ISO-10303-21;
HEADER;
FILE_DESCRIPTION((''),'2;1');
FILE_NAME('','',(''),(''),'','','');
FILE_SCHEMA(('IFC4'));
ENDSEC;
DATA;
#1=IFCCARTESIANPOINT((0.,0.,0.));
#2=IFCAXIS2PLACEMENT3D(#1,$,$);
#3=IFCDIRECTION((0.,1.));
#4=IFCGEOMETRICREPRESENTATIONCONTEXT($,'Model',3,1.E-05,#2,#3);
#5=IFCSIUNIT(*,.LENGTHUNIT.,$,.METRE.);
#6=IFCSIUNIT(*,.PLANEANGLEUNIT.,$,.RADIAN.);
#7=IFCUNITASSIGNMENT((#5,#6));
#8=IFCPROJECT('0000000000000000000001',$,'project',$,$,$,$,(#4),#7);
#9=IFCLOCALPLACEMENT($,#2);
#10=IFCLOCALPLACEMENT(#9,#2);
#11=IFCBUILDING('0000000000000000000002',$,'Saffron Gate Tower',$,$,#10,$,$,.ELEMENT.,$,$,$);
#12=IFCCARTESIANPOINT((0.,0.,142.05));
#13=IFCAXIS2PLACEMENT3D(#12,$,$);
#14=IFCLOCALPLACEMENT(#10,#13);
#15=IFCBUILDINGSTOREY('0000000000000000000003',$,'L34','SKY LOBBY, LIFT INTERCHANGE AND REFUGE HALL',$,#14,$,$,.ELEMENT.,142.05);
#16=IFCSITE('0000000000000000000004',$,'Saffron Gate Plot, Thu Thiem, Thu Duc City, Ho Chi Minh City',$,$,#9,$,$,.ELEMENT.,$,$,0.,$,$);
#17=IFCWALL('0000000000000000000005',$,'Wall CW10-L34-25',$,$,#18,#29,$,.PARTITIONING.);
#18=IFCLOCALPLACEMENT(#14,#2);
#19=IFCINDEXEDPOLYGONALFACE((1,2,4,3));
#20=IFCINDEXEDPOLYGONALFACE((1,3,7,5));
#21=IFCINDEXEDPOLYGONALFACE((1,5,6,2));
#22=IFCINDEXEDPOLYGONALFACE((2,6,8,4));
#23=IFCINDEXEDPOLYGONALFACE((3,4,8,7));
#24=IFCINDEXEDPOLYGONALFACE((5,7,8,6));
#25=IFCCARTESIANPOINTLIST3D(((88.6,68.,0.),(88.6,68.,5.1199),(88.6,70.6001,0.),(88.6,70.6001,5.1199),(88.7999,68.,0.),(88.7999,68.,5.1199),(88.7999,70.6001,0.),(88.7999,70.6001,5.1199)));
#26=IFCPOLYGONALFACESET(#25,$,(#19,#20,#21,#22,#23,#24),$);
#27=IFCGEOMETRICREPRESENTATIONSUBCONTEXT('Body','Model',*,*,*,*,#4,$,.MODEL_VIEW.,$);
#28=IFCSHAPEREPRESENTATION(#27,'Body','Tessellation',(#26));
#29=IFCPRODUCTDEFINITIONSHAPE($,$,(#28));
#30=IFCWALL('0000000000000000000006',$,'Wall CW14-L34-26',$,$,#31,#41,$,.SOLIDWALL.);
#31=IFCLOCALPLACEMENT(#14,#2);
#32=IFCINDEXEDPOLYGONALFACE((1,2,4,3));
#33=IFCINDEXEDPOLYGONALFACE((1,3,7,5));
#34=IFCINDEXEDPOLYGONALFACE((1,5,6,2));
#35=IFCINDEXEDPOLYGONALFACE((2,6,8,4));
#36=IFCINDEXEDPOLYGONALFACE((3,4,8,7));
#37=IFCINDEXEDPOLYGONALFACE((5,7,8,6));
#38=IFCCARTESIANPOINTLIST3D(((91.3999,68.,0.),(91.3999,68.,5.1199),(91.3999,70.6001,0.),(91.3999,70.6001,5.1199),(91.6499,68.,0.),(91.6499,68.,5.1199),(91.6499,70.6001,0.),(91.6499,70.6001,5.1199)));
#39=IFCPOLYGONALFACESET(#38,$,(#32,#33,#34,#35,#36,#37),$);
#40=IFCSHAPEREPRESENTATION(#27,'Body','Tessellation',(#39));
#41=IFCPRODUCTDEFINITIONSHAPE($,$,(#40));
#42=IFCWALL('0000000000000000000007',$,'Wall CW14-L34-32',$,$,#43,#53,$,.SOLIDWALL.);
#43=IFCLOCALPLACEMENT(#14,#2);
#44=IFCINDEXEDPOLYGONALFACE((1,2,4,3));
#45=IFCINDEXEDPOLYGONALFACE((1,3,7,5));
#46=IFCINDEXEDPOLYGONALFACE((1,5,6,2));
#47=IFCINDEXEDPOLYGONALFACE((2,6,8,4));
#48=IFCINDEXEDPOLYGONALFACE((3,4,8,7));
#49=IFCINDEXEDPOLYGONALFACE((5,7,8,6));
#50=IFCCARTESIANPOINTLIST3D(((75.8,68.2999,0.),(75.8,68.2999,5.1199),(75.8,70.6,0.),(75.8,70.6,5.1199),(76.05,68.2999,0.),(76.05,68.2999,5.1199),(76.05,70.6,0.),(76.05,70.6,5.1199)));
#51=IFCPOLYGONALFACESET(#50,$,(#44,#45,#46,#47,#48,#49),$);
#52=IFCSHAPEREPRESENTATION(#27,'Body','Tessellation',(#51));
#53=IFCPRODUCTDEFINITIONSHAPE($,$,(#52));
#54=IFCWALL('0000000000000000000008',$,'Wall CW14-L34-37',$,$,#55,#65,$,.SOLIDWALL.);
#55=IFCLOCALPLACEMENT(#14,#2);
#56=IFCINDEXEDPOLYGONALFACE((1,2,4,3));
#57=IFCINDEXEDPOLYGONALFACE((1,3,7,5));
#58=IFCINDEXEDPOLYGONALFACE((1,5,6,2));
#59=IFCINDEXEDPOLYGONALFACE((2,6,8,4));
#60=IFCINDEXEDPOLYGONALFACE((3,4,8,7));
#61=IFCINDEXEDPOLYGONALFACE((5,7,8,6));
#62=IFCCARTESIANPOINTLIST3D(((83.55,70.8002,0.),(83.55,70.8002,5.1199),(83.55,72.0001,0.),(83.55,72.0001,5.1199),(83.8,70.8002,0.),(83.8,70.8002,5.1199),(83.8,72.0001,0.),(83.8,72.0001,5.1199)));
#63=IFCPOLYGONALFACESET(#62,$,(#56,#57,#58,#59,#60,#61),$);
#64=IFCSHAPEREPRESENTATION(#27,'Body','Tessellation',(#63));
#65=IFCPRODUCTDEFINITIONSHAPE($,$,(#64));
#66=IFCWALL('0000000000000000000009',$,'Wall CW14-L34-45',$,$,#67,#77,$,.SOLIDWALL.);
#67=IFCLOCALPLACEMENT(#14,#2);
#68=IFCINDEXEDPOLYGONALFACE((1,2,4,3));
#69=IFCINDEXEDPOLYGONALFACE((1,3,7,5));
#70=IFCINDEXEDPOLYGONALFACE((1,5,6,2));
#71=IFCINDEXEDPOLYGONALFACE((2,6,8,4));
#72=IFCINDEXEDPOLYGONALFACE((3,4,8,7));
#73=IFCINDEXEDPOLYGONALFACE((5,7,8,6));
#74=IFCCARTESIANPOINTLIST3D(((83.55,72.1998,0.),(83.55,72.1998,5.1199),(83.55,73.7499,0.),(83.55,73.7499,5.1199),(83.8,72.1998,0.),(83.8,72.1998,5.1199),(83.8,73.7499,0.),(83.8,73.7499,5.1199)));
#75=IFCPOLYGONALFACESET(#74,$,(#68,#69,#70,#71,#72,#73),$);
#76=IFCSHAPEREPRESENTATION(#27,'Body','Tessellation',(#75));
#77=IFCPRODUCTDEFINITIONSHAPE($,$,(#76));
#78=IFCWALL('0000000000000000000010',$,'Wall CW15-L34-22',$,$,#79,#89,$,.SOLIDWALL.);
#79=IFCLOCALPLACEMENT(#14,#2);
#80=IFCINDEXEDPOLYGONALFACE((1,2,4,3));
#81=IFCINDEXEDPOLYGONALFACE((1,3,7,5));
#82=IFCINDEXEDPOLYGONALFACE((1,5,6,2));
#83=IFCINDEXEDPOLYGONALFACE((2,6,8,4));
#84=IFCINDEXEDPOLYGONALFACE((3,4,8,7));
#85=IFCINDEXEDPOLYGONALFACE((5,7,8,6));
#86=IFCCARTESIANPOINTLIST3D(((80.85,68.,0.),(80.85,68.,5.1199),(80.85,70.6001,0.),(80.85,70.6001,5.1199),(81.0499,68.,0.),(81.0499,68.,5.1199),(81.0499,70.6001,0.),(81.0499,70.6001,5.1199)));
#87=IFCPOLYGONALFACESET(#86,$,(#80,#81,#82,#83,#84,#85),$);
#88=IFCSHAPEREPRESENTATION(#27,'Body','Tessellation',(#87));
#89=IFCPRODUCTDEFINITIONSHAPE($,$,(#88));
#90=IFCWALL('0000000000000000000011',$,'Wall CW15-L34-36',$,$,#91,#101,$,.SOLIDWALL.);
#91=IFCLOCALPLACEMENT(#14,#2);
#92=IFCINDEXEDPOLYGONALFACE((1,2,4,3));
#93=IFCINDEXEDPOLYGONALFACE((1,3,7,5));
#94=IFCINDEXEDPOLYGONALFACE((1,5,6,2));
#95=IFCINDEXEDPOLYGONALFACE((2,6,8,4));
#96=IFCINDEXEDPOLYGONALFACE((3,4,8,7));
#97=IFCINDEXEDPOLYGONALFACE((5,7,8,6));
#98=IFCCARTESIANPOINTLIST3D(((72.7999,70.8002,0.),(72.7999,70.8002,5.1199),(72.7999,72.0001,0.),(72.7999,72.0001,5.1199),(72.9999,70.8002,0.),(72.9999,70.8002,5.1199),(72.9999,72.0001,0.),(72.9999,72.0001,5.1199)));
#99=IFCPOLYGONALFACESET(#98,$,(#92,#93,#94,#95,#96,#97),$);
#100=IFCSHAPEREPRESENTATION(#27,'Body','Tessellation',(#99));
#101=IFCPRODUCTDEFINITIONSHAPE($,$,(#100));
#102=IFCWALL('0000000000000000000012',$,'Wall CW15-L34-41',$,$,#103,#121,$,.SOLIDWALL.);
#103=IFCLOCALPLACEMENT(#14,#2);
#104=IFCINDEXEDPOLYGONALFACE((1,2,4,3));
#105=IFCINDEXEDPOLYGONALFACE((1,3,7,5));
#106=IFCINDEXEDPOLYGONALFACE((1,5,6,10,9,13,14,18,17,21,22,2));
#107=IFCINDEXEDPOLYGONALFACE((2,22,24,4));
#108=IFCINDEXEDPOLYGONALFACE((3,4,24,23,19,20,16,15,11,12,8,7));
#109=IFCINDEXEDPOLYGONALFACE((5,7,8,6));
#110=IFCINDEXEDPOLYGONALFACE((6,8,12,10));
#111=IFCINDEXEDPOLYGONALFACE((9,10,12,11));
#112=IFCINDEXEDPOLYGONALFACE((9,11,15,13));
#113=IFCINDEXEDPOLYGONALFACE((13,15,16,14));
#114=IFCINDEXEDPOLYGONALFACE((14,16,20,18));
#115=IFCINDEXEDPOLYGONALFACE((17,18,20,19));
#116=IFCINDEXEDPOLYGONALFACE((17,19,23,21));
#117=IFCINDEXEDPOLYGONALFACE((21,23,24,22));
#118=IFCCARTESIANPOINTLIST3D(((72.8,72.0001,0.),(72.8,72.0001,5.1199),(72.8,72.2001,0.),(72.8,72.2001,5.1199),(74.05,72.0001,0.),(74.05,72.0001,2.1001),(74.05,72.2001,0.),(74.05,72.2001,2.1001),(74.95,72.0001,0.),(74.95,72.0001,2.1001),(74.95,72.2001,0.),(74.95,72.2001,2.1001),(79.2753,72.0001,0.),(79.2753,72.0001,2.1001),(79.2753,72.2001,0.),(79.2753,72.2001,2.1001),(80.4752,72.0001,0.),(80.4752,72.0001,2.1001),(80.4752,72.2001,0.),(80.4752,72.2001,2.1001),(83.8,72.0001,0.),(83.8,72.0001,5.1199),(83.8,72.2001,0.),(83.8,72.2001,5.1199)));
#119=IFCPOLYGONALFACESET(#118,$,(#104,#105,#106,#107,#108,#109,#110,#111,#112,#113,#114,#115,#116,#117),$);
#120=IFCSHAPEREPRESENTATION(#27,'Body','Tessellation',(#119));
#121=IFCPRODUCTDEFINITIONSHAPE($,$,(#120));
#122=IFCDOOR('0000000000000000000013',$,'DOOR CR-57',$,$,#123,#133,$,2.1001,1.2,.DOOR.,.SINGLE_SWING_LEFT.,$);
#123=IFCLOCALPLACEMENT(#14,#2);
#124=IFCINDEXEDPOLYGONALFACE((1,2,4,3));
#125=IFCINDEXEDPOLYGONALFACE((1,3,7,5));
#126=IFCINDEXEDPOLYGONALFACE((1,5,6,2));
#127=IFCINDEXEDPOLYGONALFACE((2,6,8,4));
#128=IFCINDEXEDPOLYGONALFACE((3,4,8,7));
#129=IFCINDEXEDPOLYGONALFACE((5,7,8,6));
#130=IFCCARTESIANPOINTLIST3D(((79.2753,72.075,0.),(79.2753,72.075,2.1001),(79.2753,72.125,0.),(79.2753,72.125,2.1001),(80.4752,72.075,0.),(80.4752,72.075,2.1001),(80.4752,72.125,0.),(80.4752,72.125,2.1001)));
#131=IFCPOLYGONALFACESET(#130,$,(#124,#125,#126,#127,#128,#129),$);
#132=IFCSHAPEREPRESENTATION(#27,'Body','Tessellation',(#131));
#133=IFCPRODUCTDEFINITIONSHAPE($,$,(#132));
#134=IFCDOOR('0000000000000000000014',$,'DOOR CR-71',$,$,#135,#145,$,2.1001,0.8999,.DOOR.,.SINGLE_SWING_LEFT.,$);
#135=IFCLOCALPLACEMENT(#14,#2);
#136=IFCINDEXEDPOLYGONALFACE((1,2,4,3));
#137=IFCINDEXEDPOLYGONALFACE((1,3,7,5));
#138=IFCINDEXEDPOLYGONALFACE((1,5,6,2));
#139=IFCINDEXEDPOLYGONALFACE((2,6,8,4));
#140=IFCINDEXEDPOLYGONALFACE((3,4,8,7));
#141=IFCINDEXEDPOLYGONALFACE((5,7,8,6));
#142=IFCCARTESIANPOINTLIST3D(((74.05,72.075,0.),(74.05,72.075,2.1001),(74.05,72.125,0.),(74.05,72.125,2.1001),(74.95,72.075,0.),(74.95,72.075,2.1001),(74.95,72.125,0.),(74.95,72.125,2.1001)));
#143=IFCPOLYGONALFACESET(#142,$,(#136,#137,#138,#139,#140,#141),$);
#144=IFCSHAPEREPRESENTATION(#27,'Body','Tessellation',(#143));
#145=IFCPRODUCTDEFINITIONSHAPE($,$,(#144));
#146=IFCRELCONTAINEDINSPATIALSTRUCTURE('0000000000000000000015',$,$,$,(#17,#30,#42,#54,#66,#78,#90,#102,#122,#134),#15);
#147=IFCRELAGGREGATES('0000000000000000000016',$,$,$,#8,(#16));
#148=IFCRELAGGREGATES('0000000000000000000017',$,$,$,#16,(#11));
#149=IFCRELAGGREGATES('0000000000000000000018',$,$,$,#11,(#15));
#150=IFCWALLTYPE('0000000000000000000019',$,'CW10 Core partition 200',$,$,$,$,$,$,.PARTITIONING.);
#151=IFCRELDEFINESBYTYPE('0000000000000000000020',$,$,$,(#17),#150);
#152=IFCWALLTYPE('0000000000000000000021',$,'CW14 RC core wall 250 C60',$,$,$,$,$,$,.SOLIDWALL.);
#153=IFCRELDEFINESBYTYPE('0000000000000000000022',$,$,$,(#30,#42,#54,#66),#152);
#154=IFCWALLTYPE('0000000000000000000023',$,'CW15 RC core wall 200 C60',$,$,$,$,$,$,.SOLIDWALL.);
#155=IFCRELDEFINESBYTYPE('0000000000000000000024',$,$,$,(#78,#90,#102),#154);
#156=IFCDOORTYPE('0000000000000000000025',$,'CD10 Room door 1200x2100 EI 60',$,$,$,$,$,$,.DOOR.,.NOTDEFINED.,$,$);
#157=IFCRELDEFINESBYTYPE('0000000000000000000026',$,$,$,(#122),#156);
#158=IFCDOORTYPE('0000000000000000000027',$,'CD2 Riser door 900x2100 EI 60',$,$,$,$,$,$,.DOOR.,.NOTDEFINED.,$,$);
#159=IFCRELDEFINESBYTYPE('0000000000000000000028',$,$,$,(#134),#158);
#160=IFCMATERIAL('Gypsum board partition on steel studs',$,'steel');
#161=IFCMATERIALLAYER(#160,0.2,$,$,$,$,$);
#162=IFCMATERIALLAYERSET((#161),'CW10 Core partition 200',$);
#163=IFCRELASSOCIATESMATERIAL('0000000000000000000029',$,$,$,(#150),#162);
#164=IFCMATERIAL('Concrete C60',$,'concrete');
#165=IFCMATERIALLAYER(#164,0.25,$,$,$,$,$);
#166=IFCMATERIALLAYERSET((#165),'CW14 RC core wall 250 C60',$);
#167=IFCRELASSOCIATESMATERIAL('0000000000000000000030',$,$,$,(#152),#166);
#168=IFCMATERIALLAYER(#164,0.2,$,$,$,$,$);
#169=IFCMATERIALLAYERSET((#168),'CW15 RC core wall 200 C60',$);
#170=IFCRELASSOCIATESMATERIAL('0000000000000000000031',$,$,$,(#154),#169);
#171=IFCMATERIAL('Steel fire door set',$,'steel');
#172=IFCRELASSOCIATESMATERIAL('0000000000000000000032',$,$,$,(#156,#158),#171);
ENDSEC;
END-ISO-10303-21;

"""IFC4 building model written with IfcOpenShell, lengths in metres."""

from ifc_helpers import new_model, si_unit, direction, frame, frame_2d, origin, place, context, subcontext, project, spatial, rectangle, extrude, material, layer, layer_set, type_object, element, fill, save


model = new_model("IFC4")

# Units and contexts
model_context = context("Model", 3, precision=1e-05, world=origin(), true_north=direction((0.0, 1.0)))
body_context = subcontext(model_context, "Body", "Model", "MODEL_VIEW")
ifc_project = project(units=[si_unit("LENGTHUNIT", "METRE"), si_unit("PLANEANGLEUNIT", "RADIAN")], contexts=[model_context])

# Site, building, storey
site_placement = place(None, origin())
site = spatial("IfcSite", under=ifc_project, at=site_placement, Name="Saffron Gate Plot, Thu Thiem, Thu Duc City, Ho Chi Minh City", CompositionType="ELEMENT", RefElevation=0.0)
building_placement = place(site_placement, origin())
building = spatial("IfcBuilding", under=site, at=building_placement, Name="Saffron Gate Tower", CompositionType="ELEMENT")
storey_placement = place(building_placement, frame((0.0, 0.0, 142.05)))
storey = spatial("IfcBuildingStorey", under=building, at=storey_placement, Name="L34", Description="SKY LOBBY, LIFT INTERCHANGE AND REFUGE HALL", CompositionType="ELEMENT", Elevation=142.05)

# Walls
ifc_material_1 = material(Name="Gypsum board partition on steel studs", Category="steel")
ifc_layer_1 = layer(ifc_material_1, 0.2)
ifc_layer_set_1 = layer_set([ifc_layer_1], Name="CW10 Core partition 200")
wall_type_1 = type_object("IfcWallType", Name="CW10 Core partition 200", PredefinedType="PARTITIONING", material=ifc_layer_set_1)
wall_1_placement = place(storey_placement, frame((88.7, 68.0, 0.0), z_axis=(0.0, 0.0, 1.0), x_axis=(0.0, 1.0, 0.0)))
element("IfcWall", 1, at=wall_1_placement, inside=storey, type_object=wall_type_1, Name="Wall CW10-L34-25", PredefinedType="PARTITIONING", context=body_context, shape_type="SweptSolid", body=[
    extrude(rectangle(XDim=2.6001, YDim=0.2, at=frame_2d((1.3, 0.0))), origin(), (0.0, 0.0, 1.0), 5.1199),
])
ifc_material_2 = material(Name="Concrete C60", Category="concrete")
ifc_layer_2 = layer(ifc_material_2, 0.25)
ifc_layer_set_2 = layer_set([ifc_layer_2], Name="CW14 RC core wall 250 C60")
wall_type_2 = type_object("IfcWallType", Name="CW14 RC core wall 250 C60", PredefinedType="SOLIDWALL", material=ifc_layer_set_2)
wall_2_placement = place(storey_placement, frame((91.5249, 68.0, 0.0), z_axis=(0.0, 0.0, 1.0), x_axis=(0.0, 1.0, 0.0)))
element("IfcWall", 2, at=wall_2_placement, inside=storey, type_object=wall_type_2, Name="Wall CW14-L34-26", PredefinedType="SOLIDWALL", context=body_context, shape_type="SweptSolid", body=[
    extrude(rectangle(XDim=2.6001, YDim=0.25, at=frame_2d((1.3, 0.0))), origin(), (0.0, 0.0, 1.0), 5.1199),
])
wall_3_placement = place(storey_placement, frame((75.925, 68.3, 0.0), z_axis=(0.0, 0.0, 1.0), x_axis=(0.0, 1.0, 0.0)))
element("IfcWall", 3, at=wall_3_placement, inside=storey, type_object=wall_type_2, Name="Wall CW14-L34-32", PredefinedType="SOLIDWALL", context=body_context, shape_type="SweptSolid", body=[
    extrude(rectangle(XDim=2.3, YDim=0.25, at=frame_2d((1.1499, 0.0))), origin(), (0.0, 0.0, 1.0), 5.1199),
])
wall_4_placement = place(storey_placement, frame((83.675, 70.8, 0.0), z_axis=(0.0, 0.0, 1.0), x_axis=(0.0, 1.0, 0.0)))
element("IfcWall", 4, at=wall_4_placement, inside=storey, type_object=wall_type_2, Name="Wall CW14-L34-37", PredefinedType="SOLIDWALL", context=body_context, shape_type="SweptSolid", body=[
    extrude(rectangle(XDim=1.2, YDim=0.25, at=frame_2d((0.6001, 0.0))), origin(), (0.0, 0.0, 1.0), 5.1199),
])
wall_5_placement = place(storey_placement, frame((83.675, 72.2, 0.0), z_axis=(0.0, 0.0, 1.0), x_axis=(0.0, 1.0, 0.0)))
element("IfcWall", 5, at=wall_5_placement, inside=storey, type_object=wall_type_2, Name="Wall CW14-L34-45", PredefinedType="SOLIDWALL", context=body_context, shape_type="SweptSolid", body=[
    extrude(rectangle(XDim=1.55, YDim=0.25, at=frame_2d((0.7749, 0.0))), origin(), (0.0, 0.0, 1.0), 5.1199),
])
ifc_layer_3 = layer(ifc_material_2, 0.2)
ifc_layer_set_3 = layer_set([ifc_layer_3], Name="CW15 RC core wall 200 C60")
wall_type_3 = type_object("IfcWallType", Name="CW15 RC core wall 200 C60", PredefinedType="SOLIDWALL", material=ifc_layer_set_3)
wall_6_placement = place(storey_placement, frame((80.95, 68.0, 0.0), z_axis=(0.0, 0.0, 1.0), x_axis=(0.0, 1.0, 0.0)))
element("IfcWall", 6, at=wall_6_placement, inside=storey, type_object=wall_type_3, Name="Wall CW15-L34-22", PredefinedType="SOLIDWALL", context=body_context, shape_type="SweptSolid", body=[
    extrude(rectangle(XDim=2.6001, YDim=0.2, at=frame_2d((1.3, 0.0))), origin(), (0.0, 0.0, 1.0), 5.1199),
])
wall_7_placement = place(storey_placement, frame((72.8999, 70.8, 0.0), z_axis=(0.0, 0.0, 1.0), x_axis=(0.0, 1.0, 0.0)))
element("IfcWall", 7, at=wall_7_placement, inside=storey, type_object=wall_type_3, Name="Wall CW15-L34-36", PredefinedType="SOLIDWALL", context=body_context, shape_type="SweptSolid", body=[
    extrude(rectangle(XDim=1.2, YDim=0.2, at=frame_2d((0.6001, 0.0))), origin(), (0.0, 0.0, 1.0), 5.1199),
])

# Wall, openings, doors
wall_8_placement = place(storey_placement, frame((72.8, 72.1001, 0.0), z_axis=(0.0, 0.0, 1.0), x_axis=(1.0, 0.0, 0.0)))
wall_8 = element("IfcWall", 8, at=wall_8_placement, inside=storey, type_object=wall_type_3, Name="Wall CW15-L34-41", PredefinedType="SOLIDWALL", context=body_context, shape_type="SweptSolid", body=[
    extrude(rectangle(XDim=11.0, YDim=0.2, at=frame_2d((5.5, 0.0))), origin(), (0.0, 0.0, 1.0), 5.1199),
])
opening_1_placement = place(wall_8_placement, frame((1.25, 0.0, 0.0)))
opening_1 = element("IfcOpeningElement", 9, at=opening_1_placement, cuts=wall_8, PredefinedType="OPENING", context=body_context, shape_type="SweptSolid", body=[
    extrude(rectangle(XDim=0.8999, YDim=2.1001, at=frame_2d((0.45, 1.05))), frame((0.0, 0.1099, 0.0), z_axis=(0.0, -1.0, 0.0), x_axis=(1.0, 0.0, 0.0)), (0.0, 0.0, 1.0), 0.22),
])
opening_2_placement = place(wall_8_placement, frame((6.4751, 0.0, 0.0)))
opening_2 = element("IfcOpeningElement", 10, at=opening_2_placement, cuts=wall_8, PredefinedType="OPENING", context=body_context, shape_type="SweptSolid", body=[
    extrude(rectangle(XDim=1.2, YDim=2.1001, at=frame_2d((0.6001, 1.05))), frame((0.0, 0.1099, 0.0), z_axis=(0.0, -1.0, 0.0), x_axis=(1.0, 0.0, 0.0)), (0.0, 0.0, 1.0), 0.22),
])
ifc_material_3 = material(Name="Steel fire door set", Category="steel")
door_type_1 = type_object("IfcDoorType", Name="CD10 Room door 1200x2100 EI 60", OperationType="NOTDEFINED", PredefinedType="DOOR", material=ifc_material_3)
door_1_placement = place(opening_2_placement, origin())
door_1 = element("IfcDoor", 11, at=door_1_placement, inside=storey, type_object=door_type_1, Name="DOOR CR-57", OperationType="SINGLE_SWING_LEFT", OverallHeight=2.1001, OverallWidth=1.2, PredefinedType="DOOR", context=body_context, shape_type="SweptSolid", body=[
    extrude(rectangle(XDim=1.2, YDim=2.1001, at=frame_2d((0.6001, 1.05))), frame((0.0, 0.0249, 0.0), z_axis=(0.0, -1.0, 0.0), x_axis=(1.0, 0.0, 0.0)), (0.0, 0.0, 1.0), 0.05),
])
fill(opening_2, door_1)
door_type_2 = type_object("IfcDoorType", Name="CD2 Riser door 900x2100 EI 60", OperationType="NOTDEFINED", PredefinedType="DOOR", material=ifc_material_3)
door_2_placement = place(opening_1_placement, origin())
door_2 = element("IfcDoor", 12, at=door_2_placement, inside=storey, type_object=door_type_2, Name="DOOR CR-71", OperationType="SINGLE_SWING_LEFT", OverallHeight=2.1001, OverallWidth=0.8999, PredefinedType="DOOR", context=body_context, shape_type="SweptSolid", body=[
    extrude(rectangle(XDim=0.8999, YDim=2.1001, at=frame_2d((0.45, 1.05))), frame((0.0, 0.0249, 0.0), z_axis=(0.0, -1.0, 0.0), x_axis=(1.0, 0.0, 0.0)), (0.0, 0.0, 1.0), 0.05),
])
fill(opening_1, door_2)

save(model, "model.ifc")
